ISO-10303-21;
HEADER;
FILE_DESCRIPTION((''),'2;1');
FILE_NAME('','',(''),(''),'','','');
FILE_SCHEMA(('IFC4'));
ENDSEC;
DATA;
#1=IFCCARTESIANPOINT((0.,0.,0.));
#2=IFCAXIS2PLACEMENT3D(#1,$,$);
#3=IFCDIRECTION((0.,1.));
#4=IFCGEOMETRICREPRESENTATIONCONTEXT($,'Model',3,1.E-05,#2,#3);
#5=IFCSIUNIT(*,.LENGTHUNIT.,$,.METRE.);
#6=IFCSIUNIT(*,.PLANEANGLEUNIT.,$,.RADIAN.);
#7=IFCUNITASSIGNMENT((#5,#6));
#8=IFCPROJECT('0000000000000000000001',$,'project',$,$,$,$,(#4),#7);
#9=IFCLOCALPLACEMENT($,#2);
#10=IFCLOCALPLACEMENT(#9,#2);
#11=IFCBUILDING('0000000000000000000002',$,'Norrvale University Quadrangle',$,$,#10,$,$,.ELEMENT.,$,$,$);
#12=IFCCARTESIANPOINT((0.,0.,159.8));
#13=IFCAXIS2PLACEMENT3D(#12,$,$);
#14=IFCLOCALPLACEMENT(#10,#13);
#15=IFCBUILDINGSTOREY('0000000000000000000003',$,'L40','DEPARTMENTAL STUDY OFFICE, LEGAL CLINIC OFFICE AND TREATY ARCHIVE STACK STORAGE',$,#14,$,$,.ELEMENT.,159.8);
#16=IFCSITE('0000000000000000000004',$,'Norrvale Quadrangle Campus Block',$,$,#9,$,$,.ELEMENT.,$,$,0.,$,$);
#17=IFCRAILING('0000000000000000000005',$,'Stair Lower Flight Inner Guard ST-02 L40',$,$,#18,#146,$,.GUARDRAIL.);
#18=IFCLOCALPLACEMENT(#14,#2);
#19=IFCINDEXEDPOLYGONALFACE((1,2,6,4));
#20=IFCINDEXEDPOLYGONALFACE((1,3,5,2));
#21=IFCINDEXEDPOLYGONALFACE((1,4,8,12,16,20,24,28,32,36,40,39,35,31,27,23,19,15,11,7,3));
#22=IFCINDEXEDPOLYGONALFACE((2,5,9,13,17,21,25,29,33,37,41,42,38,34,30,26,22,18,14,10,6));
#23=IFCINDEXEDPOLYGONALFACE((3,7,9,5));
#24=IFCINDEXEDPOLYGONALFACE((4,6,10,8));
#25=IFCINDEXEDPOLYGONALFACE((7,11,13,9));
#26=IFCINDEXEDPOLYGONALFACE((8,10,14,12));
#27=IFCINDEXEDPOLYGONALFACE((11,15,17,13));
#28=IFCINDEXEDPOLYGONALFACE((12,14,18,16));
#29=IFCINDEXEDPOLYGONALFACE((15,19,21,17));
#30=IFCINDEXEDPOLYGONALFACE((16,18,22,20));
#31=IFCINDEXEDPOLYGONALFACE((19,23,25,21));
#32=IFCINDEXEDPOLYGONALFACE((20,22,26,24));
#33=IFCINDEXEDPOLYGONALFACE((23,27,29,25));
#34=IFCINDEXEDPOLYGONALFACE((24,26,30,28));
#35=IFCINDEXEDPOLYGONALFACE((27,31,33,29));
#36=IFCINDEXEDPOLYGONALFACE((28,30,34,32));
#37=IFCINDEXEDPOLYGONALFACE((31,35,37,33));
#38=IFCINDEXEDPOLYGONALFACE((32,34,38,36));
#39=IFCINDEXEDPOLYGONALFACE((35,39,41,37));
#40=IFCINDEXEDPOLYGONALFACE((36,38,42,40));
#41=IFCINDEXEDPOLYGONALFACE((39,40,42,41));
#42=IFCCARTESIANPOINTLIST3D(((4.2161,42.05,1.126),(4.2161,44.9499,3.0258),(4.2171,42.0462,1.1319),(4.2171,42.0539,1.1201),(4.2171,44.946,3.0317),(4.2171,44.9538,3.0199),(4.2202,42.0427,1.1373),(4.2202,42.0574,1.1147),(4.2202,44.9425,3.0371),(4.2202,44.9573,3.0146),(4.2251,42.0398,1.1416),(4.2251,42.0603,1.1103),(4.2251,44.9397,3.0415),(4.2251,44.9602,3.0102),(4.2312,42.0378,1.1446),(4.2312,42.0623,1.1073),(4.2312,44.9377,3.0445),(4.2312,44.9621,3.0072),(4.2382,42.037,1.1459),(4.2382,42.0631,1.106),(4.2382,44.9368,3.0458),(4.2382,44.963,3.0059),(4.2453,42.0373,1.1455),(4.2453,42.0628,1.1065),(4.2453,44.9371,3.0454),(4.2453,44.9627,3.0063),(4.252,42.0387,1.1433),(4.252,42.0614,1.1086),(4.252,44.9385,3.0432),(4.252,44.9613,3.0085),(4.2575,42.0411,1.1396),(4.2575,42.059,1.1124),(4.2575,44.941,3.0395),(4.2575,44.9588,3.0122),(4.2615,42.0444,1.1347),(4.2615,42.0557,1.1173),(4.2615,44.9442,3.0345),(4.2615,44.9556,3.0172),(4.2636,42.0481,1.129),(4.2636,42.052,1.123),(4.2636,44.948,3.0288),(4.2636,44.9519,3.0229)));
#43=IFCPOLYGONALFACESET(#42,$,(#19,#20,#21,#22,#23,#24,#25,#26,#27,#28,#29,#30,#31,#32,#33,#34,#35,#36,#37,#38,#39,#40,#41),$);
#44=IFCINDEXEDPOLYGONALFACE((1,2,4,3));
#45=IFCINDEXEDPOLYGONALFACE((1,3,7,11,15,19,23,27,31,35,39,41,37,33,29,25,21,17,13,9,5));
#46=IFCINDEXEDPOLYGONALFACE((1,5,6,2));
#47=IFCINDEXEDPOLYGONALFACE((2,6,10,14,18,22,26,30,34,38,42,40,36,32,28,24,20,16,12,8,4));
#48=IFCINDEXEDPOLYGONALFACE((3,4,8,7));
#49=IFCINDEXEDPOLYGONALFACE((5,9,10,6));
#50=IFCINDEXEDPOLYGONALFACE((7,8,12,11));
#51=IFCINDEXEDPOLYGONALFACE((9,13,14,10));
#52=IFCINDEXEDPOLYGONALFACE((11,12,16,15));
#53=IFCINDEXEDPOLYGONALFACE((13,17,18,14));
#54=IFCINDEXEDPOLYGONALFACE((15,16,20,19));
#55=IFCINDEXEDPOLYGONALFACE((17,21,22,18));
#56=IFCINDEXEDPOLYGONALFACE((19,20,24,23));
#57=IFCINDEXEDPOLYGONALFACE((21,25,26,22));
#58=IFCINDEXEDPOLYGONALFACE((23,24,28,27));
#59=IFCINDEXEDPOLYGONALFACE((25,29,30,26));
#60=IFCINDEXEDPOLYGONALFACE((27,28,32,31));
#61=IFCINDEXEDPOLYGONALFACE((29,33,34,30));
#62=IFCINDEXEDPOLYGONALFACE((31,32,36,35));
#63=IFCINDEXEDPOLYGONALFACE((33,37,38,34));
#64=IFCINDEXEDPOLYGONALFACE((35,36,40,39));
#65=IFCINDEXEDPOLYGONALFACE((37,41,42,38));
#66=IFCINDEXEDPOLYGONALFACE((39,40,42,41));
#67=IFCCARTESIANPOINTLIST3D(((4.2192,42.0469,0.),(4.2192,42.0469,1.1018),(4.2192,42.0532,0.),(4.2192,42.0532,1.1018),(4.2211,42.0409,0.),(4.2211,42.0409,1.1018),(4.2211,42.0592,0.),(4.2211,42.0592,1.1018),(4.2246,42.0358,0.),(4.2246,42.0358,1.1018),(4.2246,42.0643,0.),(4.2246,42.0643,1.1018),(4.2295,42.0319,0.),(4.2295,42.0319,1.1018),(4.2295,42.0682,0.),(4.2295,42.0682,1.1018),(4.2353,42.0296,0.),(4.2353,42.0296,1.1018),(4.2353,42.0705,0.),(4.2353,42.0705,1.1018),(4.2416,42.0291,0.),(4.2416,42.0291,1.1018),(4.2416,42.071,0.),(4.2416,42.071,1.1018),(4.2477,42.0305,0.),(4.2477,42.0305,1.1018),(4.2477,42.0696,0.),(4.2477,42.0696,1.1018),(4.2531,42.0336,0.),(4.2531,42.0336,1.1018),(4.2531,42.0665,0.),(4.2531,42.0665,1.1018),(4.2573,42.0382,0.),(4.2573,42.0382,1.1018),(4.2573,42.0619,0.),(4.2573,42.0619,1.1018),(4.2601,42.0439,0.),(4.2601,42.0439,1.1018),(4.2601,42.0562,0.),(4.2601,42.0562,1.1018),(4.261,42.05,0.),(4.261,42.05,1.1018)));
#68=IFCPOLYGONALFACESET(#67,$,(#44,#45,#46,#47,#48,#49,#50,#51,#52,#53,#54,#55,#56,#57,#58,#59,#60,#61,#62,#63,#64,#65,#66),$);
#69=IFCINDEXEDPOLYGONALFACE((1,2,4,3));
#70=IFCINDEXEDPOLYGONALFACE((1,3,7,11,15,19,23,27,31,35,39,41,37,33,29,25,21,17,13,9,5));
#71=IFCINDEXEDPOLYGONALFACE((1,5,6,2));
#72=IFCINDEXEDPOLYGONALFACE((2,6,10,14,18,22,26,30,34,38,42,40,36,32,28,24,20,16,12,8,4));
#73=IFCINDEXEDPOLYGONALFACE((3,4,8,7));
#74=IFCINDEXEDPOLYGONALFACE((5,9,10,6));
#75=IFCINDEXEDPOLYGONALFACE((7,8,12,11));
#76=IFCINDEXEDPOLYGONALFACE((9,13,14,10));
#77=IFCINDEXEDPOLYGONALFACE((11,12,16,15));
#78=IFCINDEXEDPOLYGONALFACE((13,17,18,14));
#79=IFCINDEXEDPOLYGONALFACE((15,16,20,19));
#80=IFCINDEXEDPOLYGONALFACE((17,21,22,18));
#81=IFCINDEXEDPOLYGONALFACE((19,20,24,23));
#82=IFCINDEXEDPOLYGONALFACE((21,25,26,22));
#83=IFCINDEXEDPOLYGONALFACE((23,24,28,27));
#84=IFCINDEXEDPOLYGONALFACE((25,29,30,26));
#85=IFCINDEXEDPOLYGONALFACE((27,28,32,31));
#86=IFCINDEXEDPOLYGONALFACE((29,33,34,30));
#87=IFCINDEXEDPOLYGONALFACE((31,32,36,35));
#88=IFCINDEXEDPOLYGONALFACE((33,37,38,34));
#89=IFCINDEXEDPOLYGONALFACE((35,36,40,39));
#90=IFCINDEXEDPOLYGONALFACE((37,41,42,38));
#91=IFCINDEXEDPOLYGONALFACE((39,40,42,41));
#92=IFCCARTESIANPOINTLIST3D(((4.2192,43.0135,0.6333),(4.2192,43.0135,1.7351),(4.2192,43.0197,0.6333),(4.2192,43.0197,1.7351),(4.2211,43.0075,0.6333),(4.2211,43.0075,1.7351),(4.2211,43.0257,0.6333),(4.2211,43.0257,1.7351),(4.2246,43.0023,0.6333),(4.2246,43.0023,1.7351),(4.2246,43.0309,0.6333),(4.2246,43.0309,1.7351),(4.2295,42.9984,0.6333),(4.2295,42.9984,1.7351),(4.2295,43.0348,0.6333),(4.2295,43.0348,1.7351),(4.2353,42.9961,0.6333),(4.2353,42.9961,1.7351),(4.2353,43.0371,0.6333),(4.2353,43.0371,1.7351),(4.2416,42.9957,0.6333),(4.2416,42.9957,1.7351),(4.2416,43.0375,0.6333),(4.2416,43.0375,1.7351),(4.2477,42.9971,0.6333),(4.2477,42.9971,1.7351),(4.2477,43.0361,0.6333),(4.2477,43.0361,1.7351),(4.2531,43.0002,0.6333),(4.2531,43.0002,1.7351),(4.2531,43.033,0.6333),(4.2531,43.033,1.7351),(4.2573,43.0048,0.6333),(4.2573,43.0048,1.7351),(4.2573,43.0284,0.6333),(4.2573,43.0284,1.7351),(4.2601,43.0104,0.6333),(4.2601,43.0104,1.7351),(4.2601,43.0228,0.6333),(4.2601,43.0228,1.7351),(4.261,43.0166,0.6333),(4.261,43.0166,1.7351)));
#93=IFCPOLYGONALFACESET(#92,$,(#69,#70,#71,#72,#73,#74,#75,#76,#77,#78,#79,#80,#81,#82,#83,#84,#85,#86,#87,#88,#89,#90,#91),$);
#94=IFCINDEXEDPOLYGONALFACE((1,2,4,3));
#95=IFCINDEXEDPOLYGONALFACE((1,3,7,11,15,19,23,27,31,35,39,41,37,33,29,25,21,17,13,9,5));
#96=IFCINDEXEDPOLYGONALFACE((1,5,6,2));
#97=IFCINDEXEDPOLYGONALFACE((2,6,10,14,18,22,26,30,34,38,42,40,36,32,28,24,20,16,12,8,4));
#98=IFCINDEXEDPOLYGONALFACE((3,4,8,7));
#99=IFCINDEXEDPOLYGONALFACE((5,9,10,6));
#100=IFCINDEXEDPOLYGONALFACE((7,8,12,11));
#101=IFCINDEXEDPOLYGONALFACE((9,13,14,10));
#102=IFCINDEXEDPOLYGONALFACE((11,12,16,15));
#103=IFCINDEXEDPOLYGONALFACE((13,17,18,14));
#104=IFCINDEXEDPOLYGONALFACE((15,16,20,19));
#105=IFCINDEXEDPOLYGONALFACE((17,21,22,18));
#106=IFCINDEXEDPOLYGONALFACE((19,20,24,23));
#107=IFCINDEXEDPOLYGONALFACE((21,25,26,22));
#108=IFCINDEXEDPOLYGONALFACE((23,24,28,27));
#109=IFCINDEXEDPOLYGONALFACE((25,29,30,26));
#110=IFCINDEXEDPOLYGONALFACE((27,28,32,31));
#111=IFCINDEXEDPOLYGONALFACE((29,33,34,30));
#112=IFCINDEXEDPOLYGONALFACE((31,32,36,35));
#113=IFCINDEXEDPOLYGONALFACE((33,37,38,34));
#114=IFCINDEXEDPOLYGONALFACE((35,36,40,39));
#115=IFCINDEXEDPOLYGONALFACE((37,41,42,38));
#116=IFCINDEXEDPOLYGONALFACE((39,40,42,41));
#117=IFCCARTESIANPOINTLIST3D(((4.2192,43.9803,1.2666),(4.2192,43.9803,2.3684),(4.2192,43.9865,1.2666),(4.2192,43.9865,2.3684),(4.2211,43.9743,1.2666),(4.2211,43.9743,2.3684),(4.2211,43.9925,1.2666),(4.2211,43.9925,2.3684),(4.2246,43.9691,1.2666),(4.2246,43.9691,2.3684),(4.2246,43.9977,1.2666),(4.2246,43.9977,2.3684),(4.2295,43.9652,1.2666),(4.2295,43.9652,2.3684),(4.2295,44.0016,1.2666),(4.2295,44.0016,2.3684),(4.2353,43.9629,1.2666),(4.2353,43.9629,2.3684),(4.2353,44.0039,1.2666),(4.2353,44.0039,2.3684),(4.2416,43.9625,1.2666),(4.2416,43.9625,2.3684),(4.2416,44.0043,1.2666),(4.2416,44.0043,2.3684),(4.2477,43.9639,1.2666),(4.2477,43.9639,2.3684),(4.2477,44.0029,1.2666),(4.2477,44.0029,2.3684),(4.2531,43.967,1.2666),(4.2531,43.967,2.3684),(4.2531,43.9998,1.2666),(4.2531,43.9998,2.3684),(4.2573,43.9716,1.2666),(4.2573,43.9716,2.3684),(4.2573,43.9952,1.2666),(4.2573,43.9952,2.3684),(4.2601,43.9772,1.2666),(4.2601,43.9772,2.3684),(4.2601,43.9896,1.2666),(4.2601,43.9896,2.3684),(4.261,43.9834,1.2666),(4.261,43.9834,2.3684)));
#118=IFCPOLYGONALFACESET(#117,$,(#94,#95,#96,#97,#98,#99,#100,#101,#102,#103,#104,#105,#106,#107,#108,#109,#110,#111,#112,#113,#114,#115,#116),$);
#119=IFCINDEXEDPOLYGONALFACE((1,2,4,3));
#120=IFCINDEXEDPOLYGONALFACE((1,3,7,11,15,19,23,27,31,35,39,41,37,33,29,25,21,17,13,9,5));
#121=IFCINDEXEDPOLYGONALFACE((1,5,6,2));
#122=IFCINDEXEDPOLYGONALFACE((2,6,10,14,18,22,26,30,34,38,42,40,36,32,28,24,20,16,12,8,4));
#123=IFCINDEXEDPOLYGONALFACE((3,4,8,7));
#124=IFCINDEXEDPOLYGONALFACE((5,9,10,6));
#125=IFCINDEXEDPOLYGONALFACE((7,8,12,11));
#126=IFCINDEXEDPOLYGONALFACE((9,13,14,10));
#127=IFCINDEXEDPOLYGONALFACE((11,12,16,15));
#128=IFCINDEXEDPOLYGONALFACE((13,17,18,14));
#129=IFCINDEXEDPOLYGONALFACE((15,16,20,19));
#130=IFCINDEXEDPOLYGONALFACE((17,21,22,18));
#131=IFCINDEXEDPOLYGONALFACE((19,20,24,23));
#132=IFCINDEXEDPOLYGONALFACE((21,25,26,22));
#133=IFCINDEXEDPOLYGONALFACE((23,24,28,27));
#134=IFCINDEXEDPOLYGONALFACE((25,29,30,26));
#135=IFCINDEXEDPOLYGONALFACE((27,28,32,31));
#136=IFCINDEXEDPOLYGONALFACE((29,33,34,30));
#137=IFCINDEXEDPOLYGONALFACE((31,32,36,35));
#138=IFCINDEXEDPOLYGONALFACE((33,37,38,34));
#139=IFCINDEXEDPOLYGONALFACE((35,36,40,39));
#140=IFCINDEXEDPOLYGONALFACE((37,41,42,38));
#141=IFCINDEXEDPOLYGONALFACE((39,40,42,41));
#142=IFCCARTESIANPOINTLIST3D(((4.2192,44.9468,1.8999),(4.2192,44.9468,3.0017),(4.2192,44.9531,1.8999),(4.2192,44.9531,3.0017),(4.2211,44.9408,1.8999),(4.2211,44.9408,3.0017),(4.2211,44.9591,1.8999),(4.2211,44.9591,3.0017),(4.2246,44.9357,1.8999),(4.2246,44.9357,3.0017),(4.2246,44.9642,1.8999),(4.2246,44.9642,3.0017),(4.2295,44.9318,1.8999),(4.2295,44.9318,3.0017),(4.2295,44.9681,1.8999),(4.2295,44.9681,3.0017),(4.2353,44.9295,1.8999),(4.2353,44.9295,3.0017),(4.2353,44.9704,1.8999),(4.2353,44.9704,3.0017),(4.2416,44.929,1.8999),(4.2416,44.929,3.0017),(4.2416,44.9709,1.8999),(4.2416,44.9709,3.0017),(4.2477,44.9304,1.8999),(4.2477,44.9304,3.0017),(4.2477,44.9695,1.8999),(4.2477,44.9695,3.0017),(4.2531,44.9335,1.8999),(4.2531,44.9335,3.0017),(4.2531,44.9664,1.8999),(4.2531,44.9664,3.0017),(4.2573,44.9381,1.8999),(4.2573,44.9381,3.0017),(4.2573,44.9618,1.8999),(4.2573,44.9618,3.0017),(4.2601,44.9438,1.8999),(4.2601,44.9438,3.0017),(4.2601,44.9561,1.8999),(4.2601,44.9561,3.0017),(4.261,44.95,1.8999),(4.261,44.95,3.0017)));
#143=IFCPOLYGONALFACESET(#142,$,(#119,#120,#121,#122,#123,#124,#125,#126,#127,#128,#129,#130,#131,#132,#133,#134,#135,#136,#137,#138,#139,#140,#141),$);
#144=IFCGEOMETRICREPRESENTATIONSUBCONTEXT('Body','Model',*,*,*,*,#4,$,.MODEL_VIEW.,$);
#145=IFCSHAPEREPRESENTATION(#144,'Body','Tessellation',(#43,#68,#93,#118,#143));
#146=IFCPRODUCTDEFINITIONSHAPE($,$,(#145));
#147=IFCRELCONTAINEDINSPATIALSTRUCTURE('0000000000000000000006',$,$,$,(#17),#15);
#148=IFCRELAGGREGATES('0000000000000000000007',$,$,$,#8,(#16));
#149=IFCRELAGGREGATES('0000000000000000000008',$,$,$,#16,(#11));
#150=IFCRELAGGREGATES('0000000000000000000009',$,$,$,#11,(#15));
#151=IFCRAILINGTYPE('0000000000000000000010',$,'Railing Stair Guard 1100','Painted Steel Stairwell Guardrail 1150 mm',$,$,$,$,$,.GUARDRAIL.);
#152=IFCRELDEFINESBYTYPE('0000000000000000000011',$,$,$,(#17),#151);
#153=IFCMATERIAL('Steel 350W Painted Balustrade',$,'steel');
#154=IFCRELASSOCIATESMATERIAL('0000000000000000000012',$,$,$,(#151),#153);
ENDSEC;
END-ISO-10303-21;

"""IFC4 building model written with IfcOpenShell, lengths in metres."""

from ifc_helpers import new_model, si_unit, direction, frame, origin, origin_2d, place, context, subcontext, project, spatial, circle, extrude, material, type_object, element, save


model = new_model("IFC4")

# Units and contexts
model_context = context("Model", 3, precision=1e-05, world=origin(), true_north=direction((0.0, 1.0)))
body_context = subcontext(model_context, "Body", "Model", "MODEL_VIEW")
ifc_project = project(units=[si_unit("LENGTHUNIT", "METRE"), si_unit("PLANEANGLEUNIT", "RADIAN")], contexts=[model_context])

# Site, building, storey
site_placement = place(None, origin())
site = spatial("IfcSite", under=ifc_project, at=site_placement, Name="Norrvale Quadrangle Campus Block", CompositionType="ELEMENT", RefElevation=0.0)
building_placement = place(site_placement, origin())
building = spatial("IfcBuilding", under=site, at=building_placement, Name="Norrvale University Quadrangle", CompositionType="ELEMENT")
storey_placement = place(building_placement, frame((0.0, 0.0, 159.8)))
storey = spatial("IfcBuildingStorey", under=building, at=storey_placement, Name="L40", Description="DEPARTMENTAL STUDY OFFICE, LEGAL CLINIC OFFICE AND TREATY ARCHIVE STACK STORAGE", CompositionType="ELEMENT", Elevation=159.8)

# Railing
ifc_material_1 = material(Name="Steel 350W Painted Balustrade", Category="steel")
railing_type_1 = type_object("IfcRailingType", Name="Railing Stair Guard 1100", Description="Painted Steel Stairwell Guardrail 1150 mm", PredefinedType="GUARDRAIL", material=ifc_material_1)
railing_1_placement = place(storey_placement, frame((4.24, 42.05, 0.0)))
element("IfcRailing", 1, at=railing_1_placement, inside=storey, type_object=railing_type_1, Name="Stair Lower Flight Inner Guard ST-02 L40", PredefinedType="GUARDRAIL", context=body_context, shape_type="SweptSolid", body=[
    extrude(circle(Radius=0.0239, at=origin_2d()), frame((0.0, 0.0, 1.126), z_axis=(0.0, 0.836466, 0.548019), x_axis=(-1.0, 0.0, 0.0)), (0.0, 0.0, 1.0), 3.4668),
    extrude(circle(Radius=0.021, at=origin_2d()), origin(), (0.0, 0.0, 1.0), 1.1018),
    extrude(circle(Radius=0.021, at=origin_2d()), frame((0.0, 0.9666, 0.6333)), (0.0, 0.0, 1.0), 1.1018),
    extrude(circle(Radius=0.021, at=origin_2d()), frame((0.0, 1.9333, 1.2666)), (0.0, 0.0, 1.0), 1.1018),
    extrude(circle(Radius=0.021, at=origin_2d()), frame((0.0, 2.8999, 1.8999)), (0.0, 0.0, 1.0), 1.1018),
])

save(model, "model.ifc")
